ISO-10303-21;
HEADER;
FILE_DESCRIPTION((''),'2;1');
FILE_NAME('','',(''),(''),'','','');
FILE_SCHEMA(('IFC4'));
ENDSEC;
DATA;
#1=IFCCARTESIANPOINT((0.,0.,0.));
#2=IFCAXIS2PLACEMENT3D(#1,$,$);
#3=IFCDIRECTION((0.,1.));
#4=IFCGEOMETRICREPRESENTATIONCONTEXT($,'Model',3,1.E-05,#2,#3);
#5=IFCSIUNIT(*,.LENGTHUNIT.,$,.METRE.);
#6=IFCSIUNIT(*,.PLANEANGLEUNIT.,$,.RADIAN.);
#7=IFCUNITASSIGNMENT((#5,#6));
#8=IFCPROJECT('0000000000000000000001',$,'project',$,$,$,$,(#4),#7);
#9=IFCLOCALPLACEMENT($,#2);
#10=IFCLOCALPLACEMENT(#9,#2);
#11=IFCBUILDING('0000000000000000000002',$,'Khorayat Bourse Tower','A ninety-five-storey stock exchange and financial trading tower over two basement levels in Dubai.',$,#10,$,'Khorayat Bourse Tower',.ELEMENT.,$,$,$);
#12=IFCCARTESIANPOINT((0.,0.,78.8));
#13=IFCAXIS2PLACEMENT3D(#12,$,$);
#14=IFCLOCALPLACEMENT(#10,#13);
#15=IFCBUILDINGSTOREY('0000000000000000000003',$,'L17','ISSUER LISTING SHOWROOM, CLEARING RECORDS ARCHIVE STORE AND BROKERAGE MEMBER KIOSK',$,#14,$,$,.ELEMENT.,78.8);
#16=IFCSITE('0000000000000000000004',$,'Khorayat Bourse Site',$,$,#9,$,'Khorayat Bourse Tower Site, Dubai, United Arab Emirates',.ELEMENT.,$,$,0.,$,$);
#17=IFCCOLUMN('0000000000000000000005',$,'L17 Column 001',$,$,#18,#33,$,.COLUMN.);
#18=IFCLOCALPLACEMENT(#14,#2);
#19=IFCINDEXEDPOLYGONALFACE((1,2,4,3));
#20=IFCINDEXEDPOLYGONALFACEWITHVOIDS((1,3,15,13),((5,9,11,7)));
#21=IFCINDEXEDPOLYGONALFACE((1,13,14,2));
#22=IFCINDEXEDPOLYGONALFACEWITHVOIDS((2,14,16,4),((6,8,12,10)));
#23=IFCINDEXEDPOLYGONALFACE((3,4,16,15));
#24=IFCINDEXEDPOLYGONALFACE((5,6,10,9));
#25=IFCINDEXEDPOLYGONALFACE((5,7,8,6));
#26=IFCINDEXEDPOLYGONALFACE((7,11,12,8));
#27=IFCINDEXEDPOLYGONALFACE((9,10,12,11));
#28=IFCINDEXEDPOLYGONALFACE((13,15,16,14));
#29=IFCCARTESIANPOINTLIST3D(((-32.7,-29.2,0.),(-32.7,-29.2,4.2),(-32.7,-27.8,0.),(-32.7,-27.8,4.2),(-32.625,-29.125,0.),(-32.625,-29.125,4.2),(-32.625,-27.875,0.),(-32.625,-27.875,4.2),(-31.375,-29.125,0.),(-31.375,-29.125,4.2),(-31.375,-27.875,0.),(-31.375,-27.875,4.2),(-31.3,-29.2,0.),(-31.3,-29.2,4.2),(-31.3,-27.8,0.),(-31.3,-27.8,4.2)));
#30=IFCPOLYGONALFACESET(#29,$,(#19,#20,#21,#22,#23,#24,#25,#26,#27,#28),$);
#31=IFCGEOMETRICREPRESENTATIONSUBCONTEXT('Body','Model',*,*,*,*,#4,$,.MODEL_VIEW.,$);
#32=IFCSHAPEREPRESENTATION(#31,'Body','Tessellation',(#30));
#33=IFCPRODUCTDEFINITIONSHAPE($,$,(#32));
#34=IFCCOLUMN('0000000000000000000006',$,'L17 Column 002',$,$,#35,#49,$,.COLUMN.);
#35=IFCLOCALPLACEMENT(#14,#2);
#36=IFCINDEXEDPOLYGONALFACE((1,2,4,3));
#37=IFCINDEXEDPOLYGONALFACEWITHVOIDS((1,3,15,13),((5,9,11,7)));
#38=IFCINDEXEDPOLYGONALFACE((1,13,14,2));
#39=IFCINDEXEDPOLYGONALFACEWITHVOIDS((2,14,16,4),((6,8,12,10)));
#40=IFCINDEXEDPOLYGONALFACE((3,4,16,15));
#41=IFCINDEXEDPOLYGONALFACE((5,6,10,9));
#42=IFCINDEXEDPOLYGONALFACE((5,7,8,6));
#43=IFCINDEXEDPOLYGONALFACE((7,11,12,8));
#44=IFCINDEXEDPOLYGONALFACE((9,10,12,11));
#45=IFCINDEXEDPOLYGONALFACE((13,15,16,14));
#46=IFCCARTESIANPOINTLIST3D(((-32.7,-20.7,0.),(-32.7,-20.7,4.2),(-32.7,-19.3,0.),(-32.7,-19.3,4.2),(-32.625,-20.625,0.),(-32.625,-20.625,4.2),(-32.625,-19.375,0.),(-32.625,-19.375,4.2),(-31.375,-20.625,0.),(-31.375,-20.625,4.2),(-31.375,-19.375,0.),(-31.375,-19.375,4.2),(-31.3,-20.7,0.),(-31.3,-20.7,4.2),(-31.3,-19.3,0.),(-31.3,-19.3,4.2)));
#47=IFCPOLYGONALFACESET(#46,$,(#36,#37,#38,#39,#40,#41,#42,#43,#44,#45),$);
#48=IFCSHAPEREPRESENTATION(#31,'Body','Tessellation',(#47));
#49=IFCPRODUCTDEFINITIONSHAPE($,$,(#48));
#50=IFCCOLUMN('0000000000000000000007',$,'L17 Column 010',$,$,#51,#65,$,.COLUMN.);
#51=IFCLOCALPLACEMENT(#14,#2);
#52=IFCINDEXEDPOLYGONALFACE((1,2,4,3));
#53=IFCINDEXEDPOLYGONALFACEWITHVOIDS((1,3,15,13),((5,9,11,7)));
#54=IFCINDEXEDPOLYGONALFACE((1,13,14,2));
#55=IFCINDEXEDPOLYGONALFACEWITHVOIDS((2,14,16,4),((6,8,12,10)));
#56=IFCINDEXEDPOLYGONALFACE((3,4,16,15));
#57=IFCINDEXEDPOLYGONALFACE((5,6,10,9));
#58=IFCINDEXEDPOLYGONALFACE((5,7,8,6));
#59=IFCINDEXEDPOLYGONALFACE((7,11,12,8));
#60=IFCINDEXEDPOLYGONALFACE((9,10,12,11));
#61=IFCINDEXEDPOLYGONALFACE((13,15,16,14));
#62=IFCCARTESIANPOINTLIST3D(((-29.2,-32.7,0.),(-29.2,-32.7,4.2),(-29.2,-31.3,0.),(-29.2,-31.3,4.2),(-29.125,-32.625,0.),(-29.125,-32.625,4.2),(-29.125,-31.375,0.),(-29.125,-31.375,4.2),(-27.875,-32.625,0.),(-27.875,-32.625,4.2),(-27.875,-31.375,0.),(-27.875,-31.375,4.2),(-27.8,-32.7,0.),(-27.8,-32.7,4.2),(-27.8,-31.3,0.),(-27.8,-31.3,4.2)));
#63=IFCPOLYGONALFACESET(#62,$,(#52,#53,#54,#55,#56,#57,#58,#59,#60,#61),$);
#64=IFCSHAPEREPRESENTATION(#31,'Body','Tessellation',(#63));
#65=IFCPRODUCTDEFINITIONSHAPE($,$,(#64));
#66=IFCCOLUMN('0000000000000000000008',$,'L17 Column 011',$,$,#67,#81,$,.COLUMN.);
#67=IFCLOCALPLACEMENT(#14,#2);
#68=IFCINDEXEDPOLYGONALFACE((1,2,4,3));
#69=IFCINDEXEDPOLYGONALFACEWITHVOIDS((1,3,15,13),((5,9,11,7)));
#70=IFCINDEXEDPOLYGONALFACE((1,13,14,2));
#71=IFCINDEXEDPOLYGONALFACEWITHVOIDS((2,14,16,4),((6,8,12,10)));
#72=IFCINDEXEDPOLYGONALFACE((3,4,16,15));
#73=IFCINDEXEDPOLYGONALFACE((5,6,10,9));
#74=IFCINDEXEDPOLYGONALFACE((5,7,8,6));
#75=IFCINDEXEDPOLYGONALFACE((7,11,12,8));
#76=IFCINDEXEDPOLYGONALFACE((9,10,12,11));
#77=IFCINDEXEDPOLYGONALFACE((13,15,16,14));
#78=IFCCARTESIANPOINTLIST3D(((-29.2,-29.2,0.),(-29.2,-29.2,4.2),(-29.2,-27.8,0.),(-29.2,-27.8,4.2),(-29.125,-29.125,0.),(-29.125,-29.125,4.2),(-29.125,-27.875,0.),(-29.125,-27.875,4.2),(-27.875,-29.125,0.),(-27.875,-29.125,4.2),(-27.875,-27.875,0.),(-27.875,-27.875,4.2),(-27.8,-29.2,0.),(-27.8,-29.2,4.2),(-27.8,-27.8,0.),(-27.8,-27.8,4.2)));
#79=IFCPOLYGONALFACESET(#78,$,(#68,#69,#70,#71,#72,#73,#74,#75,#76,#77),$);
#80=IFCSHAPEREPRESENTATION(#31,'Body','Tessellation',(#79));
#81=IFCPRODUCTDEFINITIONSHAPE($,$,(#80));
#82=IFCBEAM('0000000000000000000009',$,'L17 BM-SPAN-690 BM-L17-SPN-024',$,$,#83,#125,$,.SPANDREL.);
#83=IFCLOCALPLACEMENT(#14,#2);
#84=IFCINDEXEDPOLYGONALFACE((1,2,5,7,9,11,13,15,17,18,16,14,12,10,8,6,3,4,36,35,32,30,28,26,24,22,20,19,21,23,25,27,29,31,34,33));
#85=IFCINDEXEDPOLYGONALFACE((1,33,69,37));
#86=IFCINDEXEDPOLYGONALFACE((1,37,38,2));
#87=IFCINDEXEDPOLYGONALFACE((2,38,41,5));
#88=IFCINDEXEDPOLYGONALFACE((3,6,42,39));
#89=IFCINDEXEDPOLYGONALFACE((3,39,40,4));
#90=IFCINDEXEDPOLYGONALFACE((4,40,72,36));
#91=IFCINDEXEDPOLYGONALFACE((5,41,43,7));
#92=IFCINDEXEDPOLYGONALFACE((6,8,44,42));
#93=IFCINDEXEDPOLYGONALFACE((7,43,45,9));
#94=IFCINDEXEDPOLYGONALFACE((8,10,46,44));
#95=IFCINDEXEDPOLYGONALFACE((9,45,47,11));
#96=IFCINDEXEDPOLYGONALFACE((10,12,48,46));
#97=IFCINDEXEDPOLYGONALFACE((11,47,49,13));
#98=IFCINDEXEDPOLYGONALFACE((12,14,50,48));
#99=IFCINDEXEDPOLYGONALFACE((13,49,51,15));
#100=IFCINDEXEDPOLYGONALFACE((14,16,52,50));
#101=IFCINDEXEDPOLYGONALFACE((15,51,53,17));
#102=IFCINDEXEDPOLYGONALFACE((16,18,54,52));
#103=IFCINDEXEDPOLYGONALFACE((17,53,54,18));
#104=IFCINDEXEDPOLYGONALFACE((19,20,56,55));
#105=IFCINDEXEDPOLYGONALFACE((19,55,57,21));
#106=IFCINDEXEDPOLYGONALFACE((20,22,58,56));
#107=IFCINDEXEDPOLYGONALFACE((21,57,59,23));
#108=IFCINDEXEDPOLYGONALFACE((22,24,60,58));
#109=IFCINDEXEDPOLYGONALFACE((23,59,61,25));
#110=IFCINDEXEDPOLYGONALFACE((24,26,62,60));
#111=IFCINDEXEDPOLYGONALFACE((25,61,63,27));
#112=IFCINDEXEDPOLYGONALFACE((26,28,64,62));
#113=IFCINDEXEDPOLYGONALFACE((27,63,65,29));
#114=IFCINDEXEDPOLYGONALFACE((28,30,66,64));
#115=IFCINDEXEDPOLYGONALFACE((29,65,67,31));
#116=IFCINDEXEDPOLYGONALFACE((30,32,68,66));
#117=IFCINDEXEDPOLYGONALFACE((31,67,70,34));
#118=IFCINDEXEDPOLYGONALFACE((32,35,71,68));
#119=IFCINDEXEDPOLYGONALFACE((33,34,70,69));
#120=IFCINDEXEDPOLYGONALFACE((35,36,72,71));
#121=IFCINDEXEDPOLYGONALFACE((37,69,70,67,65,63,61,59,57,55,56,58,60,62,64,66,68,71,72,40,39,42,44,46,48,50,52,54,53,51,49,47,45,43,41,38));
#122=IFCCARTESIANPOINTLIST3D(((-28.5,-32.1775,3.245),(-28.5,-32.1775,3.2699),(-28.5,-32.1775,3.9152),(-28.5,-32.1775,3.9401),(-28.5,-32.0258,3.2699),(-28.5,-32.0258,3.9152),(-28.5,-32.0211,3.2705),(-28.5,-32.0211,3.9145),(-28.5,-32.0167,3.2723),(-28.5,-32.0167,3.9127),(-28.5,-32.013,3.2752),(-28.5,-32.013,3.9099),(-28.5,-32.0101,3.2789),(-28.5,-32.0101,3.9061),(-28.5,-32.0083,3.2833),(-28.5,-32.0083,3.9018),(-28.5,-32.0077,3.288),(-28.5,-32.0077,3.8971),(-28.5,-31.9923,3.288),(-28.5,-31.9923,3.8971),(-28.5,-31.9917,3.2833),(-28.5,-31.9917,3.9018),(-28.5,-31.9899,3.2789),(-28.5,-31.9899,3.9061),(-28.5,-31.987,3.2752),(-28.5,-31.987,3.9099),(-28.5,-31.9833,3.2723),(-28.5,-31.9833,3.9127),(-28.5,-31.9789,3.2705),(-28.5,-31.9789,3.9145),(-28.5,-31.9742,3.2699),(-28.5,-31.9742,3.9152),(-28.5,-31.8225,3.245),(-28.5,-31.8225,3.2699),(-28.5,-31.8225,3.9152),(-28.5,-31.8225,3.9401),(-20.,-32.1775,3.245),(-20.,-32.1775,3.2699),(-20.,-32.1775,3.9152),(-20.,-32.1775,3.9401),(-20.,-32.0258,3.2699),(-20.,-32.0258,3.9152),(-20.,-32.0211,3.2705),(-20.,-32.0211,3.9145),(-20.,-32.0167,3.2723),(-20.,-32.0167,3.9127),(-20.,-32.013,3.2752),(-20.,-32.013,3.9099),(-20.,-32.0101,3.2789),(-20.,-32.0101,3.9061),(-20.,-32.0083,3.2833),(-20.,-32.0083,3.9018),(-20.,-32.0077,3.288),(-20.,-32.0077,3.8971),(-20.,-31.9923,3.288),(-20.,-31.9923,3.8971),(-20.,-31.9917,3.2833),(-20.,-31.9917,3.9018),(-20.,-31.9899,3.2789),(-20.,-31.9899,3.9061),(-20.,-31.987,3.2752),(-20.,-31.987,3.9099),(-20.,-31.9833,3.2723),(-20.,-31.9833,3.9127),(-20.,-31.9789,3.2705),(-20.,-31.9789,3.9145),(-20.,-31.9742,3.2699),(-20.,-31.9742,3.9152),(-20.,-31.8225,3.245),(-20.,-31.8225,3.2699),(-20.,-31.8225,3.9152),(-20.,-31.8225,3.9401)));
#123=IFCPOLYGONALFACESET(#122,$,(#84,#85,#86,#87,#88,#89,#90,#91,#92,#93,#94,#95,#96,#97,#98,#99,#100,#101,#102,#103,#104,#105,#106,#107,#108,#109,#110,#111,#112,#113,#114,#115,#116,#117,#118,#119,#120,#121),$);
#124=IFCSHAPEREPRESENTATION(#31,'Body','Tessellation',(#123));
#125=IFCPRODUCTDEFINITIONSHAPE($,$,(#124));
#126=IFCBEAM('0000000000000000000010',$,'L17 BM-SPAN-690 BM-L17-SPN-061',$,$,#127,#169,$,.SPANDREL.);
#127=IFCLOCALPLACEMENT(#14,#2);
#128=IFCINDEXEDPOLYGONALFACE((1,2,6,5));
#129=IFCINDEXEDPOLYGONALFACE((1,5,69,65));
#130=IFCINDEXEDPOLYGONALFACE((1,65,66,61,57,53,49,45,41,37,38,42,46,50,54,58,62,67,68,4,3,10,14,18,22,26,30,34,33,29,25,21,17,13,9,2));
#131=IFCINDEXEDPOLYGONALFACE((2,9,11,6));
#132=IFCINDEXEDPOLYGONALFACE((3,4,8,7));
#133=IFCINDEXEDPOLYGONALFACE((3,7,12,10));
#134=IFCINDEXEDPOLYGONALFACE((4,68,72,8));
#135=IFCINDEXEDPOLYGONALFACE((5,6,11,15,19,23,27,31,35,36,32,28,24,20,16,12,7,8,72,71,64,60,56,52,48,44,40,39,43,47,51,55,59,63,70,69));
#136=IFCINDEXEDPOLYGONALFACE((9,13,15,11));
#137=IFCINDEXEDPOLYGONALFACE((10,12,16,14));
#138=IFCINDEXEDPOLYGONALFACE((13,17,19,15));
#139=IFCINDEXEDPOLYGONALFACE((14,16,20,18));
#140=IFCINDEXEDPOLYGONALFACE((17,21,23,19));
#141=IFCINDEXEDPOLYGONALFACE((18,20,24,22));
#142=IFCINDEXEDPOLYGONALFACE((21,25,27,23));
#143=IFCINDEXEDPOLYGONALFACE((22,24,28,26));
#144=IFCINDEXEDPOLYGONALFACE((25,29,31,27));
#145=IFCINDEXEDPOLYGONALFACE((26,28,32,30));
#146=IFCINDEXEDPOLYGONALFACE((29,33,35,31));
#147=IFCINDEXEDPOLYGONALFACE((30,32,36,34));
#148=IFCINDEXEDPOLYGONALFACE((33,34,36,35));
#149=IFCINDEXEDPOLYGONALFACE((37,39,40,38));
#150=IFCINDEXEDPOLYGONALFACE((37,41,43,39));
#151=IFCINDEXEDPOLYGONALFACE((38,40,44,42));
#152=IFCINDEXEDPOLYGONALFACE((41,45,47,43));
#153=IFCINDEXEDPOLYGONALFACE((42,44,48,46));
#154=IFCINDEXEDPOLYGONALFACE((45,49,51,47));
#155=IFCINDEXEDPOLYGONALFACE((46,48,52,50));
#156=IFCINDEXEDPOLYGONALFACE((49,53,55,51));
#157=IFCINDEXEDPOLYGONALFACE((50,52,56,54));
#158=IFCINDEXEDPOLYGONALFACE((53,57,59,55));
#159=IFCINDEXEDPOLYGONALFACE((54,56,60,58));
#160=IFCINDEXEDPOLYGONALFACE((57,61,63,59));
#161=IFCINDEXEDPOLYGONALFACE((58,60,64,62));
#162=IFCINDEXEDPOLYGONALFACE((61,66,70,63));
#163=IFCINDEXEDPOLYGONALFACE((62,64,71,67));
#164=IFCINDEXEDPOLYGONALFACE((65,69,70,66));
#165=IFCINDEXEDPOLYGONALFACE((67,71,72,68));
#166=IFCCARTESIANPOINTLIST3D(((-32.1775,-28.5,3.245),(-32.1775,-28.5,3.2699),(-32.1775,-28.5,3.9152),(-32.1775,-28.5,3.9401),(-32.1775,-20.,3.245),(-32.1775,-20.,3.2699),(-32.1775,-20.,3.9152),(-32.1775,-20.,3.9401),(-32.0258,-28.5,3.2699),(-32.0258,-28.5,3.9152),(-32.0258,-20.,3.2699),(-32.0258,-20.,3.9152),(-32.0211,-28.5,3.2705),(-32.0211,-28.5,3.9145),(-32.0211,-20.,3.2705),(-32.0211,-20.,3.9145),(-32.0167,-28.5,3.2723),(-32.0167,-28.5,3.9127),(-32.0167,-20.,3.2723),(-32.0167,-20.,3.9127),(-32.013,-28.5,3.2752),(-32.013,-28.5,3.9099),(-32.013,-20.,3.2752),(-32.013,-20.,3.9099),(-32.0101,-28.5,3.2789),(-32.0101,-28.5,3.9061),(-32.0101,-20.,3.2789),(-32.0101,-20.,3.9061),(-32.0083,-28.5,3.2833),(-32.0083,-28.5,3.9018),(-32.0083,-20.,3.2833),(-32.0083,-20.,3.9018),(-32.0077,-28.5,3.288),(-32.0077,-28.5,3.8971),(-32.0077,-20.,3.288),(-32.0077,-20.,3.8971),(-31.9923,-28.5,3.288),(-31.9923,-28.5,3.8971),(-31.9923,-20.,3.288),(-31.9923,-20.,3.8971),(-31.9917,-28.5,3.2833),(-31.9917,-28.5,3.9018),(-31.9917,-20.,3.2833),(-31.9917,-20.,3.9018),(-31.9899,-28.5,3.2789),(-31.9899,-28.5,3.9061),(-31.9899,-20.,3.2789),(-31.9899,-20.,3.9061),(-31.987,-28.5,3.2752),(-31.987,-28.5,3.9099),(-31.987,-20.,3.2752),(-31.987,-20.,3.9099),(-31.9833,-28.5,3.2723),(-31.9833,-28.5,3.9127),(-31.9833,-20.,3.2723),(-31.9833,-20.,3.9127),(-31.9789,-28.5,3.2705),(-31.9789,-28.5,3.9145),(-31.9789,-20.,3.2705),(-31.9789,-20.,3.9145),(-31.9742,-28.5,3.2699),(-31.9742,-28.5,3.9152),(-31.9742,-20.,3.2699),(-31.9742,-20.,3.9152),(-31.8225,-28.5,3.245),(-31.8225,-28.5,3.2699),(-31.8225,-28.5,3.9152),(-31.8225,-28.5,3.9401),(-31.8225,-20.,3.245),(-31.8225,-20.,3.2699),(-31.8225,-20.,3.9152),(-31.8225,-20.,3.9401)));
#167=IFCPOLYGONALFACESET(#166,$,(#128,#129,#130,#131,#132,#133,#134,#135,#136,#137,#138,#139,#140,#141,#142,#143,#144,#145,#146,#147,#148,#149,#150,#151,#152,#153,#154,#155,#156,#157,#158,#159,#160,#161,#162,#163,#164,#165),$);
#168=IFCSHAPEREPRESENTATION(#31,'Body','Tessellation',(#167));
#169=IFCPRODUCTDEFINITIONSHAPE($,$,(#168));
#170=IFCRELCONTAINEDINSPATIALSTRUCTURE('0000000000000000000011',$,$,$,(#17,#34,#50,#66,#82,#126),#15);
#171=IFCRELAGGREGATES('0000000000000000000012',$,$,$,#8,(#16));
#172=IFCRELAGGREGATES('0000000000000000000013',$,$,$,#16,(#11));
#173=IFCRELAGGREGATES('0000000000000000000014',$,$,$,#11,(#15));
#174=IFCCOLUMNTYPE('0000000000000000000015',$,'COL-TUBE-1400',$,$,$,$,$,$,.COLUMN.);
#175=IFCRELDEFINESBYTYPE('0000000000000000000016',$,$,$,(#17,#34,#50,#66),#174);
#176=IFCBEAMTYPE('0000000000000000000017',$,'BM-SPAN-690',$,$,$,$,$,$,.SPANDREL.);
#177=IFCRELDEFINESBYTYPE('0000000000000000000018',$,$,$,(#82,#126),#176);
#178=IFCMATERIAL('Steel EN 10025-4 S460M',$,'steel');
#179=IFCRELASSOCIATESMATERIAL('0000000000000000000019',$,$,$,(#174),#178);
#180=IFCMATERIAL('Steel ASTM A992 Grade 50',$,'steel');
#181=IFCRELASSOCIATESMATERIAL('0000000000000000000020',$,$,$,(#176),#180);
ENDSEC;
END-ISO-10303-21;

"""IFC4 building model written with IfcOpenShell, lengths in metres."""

from ifc_helpers import new_model, si_unit, direction, frame, origin, origin_2d, place, context, subcontext, project, spatial, hollow_rectangle, i_section, extrude, source, transform, mapped, material, material_profile, profile_set, type_object, element, save


model = new_model("IFC4")

# Units and contexts
model_context = context("Model", 3, precision=1e-05, world=origin(), true_north=direction((0.0, 1.0)))
body_context = subcontext(model_context, "Body", "Model", "MODEL_VIEW")
ifc_project = project(units=[si_unit("LENGTHUNIT", "METRE"), si_unit("PLANEANGLEUNIT", "RADIAN")], contexts=[model_context])

# Site, building, storey
site_placement = place(None, origin())
site = spatial("IfcSite", under=ifc_project, at=site_placement, Name="Khorayat Bourse Site", LongName="Khorayat Bourse Tower Site, Dubai, United Arab Emirates", CompositionType="ELEMENT", RefElevation=0.0)
building_placement = place(site_placement, origin())
building = spatial("IfcBuilding", under=site, at=building_placement, Name="Khorayat Bourse Tower", Description="A ninety-five-storey stock exchange and financial trading tower over two basement levels in Dubai.", LongName="Khorayat Bourse Tower", CompositionType="ELEMENT")
storey_placement = place(building_placement, frame((0.0, 0.0, 78.8)))
storey = spatial("IfcBuildingStorey", under=building, at=storey_placement, Name="L17", Description="ISSUER LISTING SHOWROOM, CLEARING RECORDS ARCHIVE STORE AND BROKERAGE MEMBER KIOSK", CompositionType="ELEMENT", Elevation=78.8)

# Columns
ifc_material_1 = material(Name="Steel EN 10025-4 S460M", Category="steel")
ifc_material_profile_1 = material_profile(ifc_material_1, hollow_rectangle(XDim=1.3999, YDim=1.3999, WallThickness=0.075, at=origin_2d()), Name="BOX 1400x1400x75")
ifc_profile_set_1 = profile_set([ifc_material_profile_1], Name="Steel EN 10025-4 S460M")
column_type = type_object("IfcColumnType", Name="COL-TUBE-1400", PredefinedType="COLUMN", material=ifc_profile_set_1)
shared_shape_1 = source(origin(), body_context, "Body", "SweptSolid", [
    extrude(hollow_rectangle(XDim=1.3999, YDim=1.3999, WallThickness=0.075, at=origin_2d()), origin(), (0.0, 0.0, 1.0), 4.2),
])
for number, where, z_axis, x_axis, name in (
    (1, (-32.0, -28.5, 0.0), (0.0, 0.0, 1.0), (1.0, 0.0, 0.0), "L17 Column 001"),
    (2, (-32.0, -20.0, 0.0), (0.0, 0.0, 1.0), (1.0, 0.0, 0.0), "L17 Column 002"),
    (3, (-28.5, -32.0, 0.0), (0.0, 0.0, 1.0), (1.0, 0.0, 0.0), "L17 Column 010"),
    (4, (-28.5, -28.5, 0.0), (0.0, 0.0, 1.0), (1.0, 0.0, 0.0), "L17 Column 011"),
):
    element("IfcColumn", number, at=place(storey_placement, frame(where, z_axis=z_axis, x_axis=x_axis)), inside=storey, type_object=column_type, Name=name, PredefinedType="COLUMN", context=body_context, shape_type="MappedRepresentation", body=[
        mapped(shared_shape_1, transform((0.0, 0.0, 0.0), scale=1.0)),
    ])

# Beams
ifc_material_2 = material(Name="Steel ASTM A992 Grade 50", Category="steel")
ifc_material_profile_2 = material_profile(ifc_material_2, i_section(OverallWidth=0.355, OverallDepth=0.6951, WebThickness=0.0154, FlangeThickness=0.0249, FilletRadius=0.0181, at=origin_2d()), Name="W690X217")
ifc_profile_set_2 = profile_set([ifc_material_profile_2], Name="Steel ASTM A992 Grade 50")
beam_type_1 = type_object("IfcBeamType", Name="BM-SPAN-690", PredefinedType="SPANDREL", material=ifc_profile_set_2)
shared_shape_2 = source(origin(), body_context, "Body", "SweptSolid", [
    extrude(i_section(OverallWidth=0.355, OverallDepth=0.6951, WebThickness=0.0154, FlangeThickness=0.0249, FilletRadius=0.0181, at=origin_2d()), origin(), (0.0, 0.0, 1.0), 8.5),
])
for number, where, z_axis, x_axis, name in (
    (5, (-28.5, -32.0, 3.5925), (1.0, 0.0, 0.0), (0.0, 1.0, 0.0), "L17 BM-SPAN-690 BM-L17-SPN-024"),
    (6, (-32.0, -28.5, 3.5925), (0.0, 1.0, 0.0), (-1.0, 0.0, 0.0), "L17 BM-SPAN-690 BM-L17-SPN-061"),
):
    element("IfcBeam", number, at=place(storey_placement, frame(where, z_axis=z_axis, x_axis=x_axis)), inside=storey, type_object=beam_type_1, Name=name, PredefinedType="SPANDREL", context=body_context, shape_type="MappedRepresentation", body=[
        mapped(shared_shape_2, transform((0.0, 0.0, 0.0), scale=1.0)),
    ])

save(model, "model.ifc")
